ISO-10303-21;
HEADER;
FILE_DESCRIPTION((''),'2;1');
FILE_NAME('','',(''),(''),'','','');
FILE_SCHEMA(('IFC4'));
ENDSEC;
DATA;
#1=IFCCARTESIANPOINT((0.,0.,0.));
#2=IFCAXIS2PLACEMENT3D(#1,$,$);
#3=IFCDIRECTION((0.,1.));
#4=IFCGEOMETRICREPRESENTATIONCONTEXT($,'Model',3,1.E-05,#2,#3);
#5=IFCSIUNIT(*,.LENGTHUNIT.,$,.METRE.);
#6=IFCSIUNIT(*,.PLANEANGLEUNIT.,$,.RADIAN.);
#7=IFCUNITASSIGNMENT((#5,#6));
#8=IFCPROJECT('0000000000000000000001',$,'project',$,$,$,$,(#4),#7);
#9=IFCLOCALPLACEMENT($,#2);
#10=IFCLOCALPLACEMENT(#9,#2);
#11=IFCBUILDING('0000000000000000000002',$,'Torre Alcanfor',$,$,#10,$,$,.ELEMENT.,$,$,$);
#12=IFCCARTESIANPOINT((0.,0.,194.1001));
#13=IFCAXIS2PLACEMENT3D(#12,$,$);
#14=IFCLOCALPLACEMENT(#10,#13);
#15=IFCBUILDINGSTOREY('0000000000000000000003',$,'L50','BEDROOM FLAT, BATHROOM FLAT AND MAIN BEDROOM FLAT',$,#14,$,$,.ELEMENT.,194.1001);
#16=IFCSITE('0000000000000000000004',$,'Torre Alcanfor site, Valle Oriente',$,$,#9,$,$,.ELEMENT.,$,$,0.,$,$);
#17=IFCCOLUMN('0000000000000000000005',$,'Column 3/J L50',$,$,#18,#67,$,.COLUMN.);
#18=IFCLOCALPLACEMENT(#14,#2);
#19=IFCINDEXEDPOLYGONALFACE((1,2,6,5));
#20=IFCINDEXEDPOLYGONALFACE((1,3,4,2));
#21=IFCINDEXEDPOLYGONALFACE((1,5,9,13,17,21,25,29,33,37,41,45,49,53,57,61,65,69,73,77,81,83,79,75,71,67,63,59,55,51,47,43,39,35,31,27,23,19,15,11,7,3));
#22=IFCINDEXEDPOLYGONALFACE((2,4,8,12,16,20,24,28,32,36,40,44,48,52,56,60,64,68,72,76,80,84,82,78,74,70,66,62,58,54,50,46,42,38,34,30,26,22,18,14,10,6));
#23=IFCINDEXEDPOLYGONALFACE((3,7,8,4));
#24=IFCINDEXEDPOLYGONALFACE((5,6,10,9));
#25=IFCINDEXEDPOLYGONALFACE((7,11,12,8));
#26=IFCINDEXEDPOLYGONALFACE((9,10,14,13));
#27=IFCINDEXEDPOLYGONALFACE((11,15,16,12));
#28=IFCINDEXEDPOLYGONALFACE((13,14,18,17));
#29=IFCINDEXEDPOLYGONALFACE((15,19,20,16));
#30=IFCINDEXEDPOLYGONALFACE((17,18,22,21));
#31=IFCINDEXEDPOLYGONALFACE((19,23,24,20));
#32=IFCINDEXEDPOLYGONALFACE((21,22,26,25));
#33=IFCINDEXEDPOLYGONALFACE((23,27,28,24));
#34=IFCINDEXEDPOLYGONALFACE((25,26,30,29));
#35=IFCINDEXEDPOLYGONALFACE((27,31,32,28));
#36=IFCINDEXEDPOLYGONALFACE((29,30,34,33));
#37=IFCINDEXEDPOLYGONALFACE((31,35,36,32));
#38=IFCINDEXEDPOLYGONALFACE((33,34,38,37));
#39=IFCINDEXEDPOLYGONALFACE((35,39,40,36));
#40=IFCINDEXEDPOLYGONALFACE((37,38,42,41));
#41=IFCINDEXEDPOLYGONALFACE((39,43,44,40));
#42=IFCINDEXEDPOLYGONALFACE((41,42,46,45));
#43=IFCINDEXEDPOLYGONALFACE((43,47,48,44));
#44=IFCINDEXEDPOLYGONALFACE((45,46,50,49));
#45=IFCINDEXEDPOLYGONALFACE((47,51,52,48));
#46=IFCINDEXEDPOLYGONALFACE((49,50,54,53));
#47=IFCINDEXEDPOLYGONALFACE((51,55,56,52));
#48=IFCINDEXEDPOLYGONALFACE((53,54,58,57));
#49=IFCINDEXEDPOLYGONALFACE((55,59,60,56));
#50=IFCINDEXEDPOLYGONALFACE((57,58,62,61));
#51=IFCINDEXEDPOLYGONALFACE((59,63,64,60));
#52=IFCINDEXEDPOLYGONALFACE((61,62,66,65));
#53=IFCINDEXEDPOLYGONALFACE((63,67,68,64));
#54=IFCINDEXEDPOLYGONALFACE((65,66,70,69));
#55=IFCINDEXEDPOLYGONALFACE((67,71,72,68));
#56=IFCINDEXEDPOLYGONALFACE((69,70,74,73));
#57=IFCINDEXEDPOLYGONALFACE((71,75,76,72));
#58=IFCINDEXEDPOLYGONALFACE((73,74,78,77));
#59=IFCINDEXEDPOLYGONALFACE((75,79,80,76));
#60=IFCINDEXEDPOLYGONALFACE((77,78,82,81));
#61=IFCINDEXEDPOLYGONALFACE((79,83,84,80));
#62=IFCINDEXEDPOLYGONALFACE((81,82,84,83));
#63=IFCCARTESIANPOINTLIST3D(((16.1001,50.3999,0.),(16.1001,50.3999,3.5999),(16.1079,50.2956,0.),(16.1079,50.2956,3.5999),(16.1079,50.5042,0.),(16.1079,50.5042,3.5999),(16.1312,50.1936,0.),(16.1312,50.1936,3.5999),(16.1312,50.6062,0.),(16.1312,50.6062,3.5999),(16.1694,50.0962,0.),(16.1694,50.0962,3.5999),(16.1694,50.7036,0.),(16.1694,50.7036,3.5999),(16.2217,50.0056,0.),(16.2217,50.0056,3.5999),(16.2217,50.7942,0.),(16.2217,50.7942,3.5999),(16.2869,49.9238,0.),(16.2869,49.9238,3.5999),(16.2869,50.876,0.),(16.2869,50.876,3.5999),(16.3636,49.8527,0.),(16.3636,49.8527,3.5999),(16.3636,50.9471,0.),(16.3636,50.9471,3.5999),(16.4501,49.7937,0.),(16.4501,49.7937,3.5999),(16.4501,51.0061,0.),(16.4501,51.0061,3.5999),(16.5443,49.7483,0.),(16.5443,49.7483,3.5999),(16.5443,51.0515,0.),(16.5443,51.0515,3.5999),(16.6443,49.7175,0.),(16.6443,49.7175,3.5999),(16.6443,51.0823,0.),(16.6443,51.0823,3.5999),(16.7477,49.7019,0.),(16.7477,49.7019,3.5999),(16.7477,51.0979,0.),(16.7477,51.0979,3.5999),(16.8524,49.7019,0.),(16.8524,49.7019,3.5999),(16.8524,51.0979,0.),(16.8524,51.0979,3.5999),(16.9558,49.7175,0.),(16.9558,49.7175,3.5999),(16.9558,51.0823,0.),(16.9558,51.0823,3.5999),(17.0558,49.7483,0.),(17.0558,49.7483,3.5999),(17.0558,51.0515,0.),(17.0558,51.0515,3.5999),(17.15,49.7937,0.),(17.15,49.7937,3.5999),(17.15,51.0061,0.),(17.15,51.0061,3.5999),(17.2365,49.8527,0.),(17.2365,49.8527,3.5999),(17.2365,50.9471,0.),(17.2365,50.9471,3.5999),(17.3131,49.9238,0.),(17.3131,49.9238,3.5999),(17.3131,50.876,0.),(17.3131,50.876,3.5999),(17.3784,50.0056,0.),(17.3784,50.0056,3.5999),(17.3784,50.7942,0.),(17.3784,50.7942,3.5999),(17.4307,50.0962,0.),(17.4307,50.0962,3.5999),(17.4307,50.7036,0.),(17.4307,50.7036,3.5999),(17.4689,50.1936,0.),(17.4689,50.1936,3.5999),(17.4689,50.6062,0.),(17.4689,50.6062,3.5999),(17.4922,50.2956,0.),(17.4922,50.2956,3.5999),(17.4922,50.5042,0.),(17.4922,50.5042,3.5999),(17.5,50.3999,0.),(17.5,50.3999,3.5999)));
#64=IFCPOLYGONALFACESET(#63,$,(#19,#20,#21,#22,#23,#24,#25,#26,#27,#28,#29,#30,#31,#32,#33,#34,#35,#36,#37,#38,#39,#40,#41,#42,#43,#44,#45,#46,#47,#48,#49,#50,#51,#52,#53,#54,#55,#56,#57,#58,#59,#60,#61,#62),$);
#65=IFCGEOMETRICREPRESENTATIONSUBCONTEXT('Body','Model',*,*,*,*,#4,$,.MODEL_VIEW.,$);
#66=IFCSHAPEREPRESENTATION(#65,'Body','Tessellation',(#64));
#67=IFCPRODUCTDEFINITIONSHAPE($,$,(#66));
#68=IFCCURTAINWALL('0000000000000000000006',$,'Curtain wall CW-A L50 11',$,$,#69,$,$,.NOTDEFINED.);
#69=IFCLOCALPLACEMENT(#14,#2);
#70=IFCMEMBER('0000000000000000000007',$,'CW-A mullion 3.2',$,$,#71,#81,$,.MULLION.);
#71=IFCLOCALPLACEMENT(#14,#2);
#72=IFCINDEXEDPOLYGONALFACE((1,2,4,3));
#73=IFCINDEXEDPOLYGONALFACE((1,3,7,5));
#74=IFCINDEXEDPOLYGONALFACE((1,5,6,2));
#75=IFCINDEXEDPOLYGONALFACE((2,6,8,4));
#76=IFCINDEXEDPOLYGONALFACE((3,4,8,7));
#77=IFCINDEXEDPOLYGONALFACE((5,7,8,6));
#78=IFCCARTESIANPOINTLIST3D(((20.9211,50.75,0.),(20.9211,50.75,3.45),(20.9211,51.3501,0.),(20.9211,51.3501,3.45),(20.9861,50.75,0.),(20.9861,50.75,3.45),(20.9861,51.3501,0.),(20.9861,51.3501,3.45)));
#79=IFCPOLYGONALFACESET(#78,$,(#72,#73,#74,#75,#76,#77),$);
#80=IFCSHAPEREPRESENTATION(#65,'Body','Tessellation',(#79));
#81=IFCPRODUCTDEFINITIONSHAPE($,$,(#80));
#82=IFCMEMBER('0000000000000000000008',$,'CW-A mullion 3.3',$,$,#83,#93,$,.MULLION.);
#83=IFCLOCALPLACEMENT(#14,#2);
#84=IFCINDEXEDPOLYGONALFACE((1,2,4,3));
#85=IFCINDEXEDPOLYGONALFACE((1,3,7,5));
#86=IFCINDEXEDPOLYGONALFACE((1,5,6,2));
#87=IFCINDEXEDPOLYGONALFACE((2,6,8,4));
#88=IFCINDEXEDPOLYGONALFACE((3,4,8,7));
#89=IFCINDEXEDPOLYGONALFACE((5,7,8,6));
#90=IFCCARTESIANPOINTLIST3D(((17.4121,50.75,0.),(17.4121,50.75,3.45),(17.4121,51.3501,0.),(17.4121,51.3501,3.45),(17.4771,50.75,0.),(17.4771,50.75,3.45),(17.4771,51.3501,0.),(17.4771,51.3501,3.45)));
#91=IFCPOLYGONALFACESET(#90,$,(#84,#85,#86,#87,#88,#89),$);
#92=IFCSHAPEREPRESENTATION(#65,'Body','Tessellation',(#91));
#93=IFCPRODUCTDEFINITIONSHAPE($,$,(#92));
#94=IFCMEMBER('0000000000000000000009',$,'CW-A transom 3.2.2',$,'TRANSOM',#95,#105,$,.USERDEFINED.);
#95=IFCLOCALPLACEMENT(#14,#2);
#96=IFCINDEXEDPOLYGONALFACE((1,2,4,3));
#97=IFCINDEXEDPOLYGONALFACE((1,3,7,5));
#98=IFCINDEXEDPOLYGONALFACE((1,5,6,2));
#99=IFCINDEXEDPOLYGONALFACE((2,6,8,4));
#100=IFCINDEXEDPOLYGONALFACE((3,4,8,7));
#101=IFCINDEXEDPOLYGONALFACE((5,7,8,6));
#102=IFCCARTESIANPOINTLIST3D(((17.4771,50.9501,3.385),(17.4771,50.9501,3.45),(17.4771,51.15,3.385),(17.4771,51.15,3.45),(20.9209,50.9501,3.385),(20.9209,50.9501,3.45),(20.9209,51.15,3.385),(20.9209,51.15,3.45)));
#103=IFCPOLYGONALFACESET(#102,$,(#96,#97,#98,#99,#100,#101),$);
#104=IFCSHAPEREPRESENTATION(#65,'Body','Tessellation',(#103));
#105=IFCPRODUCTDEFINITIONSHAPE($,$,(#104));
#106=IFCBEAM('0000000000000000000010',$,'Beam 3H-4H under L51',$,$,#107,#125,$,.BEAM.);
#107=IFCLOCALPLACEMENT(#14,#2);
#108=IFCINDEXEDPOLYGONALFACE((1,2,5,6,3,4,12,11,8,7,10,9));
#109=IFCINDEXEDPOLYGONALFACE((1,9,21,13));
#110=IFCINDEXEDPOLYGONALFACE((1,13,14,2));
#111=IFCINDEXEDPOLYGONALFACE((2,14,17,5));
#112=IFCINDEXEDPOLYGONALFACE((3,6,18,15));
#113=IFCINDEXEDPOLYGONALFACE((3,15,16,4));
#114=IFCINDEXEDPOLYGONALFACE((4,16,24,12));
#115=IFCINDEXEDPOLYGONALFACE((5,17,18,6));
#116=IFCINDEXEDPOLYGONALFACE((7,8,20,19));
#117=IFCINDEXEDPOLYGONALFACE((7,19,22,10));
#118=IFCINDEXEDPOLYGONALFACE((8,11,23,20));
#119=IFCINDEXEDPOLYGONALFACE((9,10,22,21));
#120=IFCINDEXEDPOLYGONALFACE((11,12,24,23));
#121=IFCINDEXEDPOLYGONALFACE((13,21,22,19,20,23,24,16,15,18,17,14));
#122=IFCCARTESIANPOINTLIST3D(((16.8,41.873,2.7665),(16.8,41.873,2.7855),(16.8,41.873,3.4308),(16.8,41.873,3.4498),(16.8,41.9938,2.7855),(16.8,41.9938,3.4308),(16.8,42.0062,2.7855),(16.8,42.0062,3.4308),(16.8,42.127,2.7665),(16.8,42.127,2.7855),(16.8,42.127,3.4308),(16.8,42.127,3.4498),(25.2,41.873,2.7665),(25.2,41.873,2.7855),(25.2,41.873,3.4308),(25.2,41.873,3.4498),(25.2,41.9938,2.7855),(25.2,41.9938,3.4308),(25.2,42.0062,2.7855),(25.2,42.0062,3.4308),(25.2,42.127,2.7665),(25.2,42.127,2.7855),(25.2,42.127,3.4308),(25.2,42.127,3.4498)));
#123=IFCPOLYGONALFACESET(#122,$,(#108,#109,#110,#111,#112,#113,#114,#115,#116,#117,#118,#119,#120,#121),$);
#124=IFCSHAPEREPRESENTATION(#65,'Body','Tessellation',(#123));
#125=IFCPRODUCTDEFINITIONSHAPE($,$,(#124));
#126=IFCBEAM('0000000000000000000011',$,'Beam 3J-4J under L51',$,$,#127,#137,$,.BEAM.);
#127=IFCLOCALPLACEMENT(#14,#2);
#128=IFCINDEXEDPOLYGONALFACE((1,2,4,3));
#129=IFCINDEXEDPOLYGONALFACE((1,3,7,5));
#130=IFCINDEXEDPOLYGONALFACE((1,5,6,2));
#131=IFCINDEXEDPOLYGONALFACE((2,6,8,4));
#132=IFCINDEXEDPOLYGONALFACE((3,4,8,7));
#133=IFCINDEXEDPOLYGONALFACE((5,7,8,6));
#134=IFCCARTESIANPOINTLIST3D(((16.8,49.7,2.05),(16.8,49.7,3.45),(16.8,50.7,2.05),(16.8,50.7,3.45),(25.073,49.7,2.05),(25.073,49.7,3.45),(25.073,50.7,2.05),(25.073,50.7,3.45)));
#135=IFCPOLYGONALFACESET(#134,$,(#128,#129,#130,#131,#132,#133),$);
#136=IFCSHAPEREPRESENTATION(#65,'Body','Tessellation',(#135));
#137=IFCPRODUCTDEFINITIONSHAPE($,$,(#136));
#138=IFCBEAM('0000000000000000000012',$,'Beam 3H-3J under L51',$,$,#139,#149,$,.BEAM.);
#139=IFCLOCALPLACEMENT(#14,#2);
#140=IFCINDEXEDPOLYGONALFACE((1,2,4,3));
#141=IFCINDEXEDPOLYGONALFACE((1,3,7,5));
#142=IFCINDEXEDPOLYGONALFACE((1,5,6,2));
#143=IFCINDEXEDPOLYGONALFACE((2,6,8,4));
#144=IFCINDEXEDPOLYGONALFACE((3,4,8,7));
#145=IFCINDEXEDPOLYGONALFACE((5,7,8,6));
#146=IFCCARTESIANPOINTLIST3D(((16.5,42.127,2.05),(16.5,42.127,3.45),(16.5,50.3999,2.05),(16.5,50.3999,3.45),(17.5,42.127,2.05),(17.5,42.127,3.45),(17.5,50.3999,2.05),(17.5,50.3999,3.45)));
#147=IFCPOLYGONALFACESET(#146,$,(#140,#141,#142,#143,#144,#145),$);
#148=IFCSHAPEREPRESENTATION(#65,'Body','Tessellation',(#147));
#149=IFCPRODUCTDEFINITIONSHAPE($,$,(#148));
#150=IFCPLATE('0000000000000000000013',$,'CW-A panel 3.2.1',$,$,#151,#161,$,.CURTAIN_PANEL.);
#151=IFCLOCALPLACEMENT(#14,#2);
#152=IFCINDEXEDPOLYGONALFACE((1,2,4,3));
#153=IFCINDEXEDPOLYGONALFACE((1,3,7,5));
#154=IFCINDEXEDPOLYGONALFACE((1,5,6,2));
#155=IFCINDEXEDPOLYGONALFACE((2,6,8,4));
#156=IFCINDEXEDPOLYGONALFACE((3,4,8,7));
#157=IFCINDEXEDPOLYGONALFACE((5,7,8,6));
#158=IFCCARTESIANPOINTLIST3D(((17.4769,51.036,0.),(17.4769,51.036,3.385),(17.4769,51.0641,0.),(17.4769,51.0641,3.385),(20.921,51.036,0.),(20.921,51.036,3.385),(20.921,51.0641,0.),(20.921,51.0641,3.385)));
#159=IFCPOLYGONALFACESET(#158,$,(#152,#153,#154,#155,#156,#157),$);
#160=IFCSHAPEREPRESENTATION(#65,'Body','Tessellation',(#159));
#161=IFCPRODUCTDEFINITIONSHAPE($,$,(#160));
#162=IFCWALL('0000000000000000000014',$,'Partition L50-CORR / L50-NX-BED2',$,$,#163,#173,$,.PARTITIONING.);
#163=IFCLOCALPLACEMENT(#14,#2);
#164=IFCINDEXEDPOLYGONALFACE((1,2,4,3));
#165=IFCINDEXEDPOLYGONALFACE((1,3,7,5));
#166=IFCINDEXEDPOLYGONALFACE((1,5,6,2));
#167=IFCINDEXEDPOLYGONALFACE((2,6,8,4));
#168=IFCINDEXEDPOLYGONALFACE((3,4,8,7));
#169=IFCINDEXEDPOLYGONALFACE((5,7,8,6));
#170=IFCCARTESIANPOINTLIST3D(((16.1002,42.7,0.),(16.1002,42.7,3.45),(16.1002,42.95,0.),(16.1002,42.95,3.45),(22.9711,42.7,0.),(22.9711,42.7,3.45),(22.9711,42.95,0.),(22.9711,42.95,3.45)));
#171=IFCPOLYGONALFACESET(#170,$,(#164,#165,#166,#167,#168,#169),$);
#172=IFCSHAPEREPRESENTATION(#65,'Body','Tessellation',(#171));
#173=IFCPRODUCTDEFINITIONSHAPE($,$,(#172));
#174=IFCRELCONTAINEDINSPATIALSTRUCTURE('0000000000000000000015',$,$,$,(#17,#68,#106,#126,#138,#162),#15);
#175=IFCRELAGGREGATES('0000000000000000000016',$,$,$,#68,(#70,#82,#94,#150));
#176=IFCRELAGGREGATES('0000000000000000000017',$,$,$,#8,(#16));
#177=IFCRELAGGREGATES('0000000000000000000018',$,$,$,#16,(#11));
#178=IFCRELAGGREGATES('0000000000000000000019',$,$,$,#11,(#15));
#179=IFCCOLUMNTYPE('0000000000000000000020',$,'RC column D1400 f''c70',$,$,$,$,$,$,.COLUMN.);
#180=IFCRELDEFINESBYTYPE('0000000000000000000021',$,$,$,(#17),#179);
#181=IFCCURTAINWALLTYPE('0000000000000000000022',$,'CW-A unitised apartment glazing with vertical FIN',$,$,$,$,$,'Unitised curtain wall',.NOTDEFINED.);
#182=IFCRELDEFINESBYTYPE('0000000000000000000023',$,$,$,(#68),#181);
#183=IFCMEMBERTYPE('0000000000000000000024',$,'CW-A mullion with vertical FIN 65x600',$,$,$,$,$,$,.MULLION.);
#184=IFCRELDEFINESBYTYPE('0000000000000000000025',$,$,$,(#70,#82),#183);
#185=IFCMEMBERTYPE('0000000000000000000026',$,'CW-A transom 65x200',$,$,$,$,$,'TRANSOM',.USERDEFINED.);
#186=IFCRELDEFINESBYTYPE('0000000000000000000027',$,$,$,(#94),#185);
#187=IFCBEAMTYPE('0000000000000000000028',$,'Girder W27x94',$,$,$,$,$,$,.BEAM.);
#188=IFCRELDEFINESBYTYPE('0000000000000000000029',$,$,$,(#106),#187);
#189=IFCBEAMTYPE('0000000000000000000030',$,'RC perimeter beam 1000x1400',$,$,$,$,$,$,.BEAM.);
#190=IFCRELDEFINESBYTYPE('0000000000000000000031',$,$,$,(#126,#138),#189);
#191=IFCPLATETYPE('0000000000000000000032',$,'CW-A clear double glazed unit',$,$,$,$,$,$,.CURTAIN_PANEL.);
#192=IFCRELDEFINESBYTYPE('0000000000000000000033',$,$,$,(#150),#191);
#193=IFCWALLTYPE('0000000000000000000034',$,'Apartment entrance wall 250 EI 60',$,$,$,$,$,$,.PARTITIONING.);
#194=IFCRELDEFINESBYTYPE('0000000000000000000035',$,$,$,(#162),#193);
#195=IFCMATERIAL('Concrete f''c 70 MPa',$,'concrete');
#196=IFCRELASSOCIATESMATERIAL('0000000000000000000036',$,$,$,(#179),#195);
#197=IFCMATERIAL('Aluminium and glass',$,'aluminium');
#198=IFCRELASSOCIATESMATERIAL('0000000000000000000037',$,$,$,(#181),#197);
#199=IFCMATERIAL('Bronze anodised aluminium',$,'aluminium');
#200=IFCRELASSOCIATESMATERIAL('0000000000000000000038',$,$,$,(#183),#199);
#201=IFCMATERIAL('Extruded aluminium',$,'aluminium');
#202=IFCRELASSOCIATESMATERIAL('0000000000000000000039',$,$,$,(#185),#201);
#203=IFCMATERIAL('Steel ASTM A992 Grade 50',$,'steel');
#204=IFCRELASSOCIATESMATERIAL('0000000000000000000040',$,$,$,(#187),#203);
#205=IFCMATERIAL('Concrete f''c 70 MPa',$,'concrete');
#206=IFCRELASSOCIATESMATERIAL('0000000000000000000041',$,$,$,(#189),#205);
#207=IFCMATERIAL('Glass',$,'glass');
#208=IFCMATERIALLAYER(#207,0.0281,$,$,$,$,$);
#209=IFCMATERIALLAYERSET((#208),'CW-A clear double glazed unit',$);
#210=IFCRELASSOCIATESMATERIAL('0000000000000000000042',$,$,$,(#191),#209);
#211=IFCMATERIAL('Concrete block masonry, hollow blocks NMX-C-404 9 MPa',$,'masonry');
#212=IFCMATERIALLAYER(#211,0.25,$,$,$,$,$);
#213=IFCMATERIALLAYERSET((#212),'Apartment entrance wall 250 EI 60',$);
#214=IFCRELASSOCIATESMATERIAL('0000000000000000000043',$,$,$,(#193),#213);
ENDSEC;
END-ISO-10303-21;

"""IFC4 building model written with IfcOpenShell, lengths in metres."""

from ifc_helpers import new_model, si_unit, direction, frame, frame_2d, origin, origin_2d, place, context, subcontext, project, spatial, rectangle, circle, i_section, extrude, material, layer, layer_set, material_profile, profile_set, type_object, element, aggregate, save


model = new_model("IFC4")

# Units and contexts
model_context = context("Model", 3, precision=1e-05, world=origin(), true_north=direction((0.0, 1.0)))
body_context = subcontext(model_context, "Body", "Model", "MODEL_VIEW")
ifc_project = project(units=[si_unit("LENGTHUNIT", "METRE"), si_unit("PLANEANGLEUNIT", "RADIAN")], contexts=[model_context])

# Site, building, storey
site_placement = place(None, origin())
site = spatial("IfcSite", under=ifc_project, at=site_placement, Name="Torre Alcanfor site, Valle Oriente", CompositionType="ELEMENT", RefElevation=0.0)
building_placement = place(site_placement, origin())
building = spatial("IfcBuilding", under=site, at=building_placement, Name="Torre Alcanfor", CompositionType="ELEMENT")
storey_placement = place(building_placement, frame((0.0, 0.0, 194.1001)))
storey = spatial("IfcBuildingStorey", under=building, at=storey_placement, Name="L50", Description="BEDROOM FLAT, BATHROOM FLAT AND MAIN BEDROOM FLAT", CompositionType="ELEMENT", Elevation=194.1001)

# Column
ifc_material_1 = material(Name="Concrete f'c 70 MPa", Category="concrete")
ifc_material_profile_1 = material_profile(ifc_material_1, circle(Radius=0.7, at=origin_2d()), Name="D1400")
ifc_profile_set_1 = profile_set([ifc_material_profile_1], Name="Concrete f'c 70 MPa")
column_type = type_object("IfcColumnType", Name="RC column D1400 f'c70", PredefinedType="COLUMN", material=ifc_profile_set_1)
column_placement = place(storey_placement, frame((16.8, 50.3999, 0.0), z_axis=(0.0, 0.0, 1.0), x_axis=(1.0, 0.0, 0.0)))
element("IfcColumn", 1, at=column_placement, inside=storey, type_object=column_type, Name="Column 3/J L50", PredefinedType="COLUMN", context=body_context, shape_type="SweptSolid", body=[
    extrude(circle(Radius=0.7, at=origin_2d()), origin(), (0.0, 0.0, 1.0), 3.5999),
])

# Curtain wall, members
ifc_material_2 = material(Name="Aluminium and glass", Category="aluminium")
curtain_wall_type = type_object("IfcCurtainWallType", Name="CW-A unitised apartment glazing with vertical FIN", ElementType="Unitised curtain wall", PredefinedType="NOTDEFINED", material=ifc_material_2)
curtain_wall_placement = place(storey_placement, origin())
curtain_wall = element("IfcCurtainWall", 2, at=curtain_wall_placement, inside=storey, type_object=curtain_wall_type, Name="Curtain wall CW-A L50 11", PredefinedType="NOTDEFINED")
ifc_material_3 = material(Name="Bronze anodised aluminium", Category="aluminium")
ifc_material_profile_2 = material_profile(ifc_material_3, rectangle(XDim=0.6001, YDim=0.0649, at=origin_2d()), Name="CW-A mullion 65x600")
ifc_profile_set_2 = profile_set([ifc_material_profile_2], Name="Bronze anodised aluminium")
member_type_1 = type_object("IfcMemberType", Name="CW-A mullion with vertical FIN 65x600", PredefinedType="MULLION", material=ifc_profile_set_2)
member_1_placement = place(storey_placement, frame((20.9536, 51.05, 0.0), z_axis=(0.0, 0.0, 1.0), x_axis=(0.0, -1.0, 0.0)))
member_1 = element("IfcMember", 3, at=member_1_placement, type_object=member_type_1, Name="CW-A mullion 3.2", PredefinedType="MULLION", context=body_context, shape_type="SweptSolid", body=[
    extrude(rectangle(XDim=0.6001, YDim=0.0649, at=origin_2d()), origin(), (0.0, 0.0, 1.0), 3.45),
])
member_2_placement = place(storey_placement, frame((17.4446, 51.05, 0.0), z_axis=(0.0, 0.0, 1.0), x_axis=(0.0, -1.0, 0.0)))
member_2 = element("IfcMember", 4, at=member_2_placement, type_object=member_type_1, Name="CW-A mullion 3.3", PredefinedType="MULLION", context=body_context, shape_type="SweptSolid", body=[
    extrude(rectangle(XDim=0.6001, YDim=0.0649, at=origin_2d()), origin(), (0.0, 0.0, 1.0), 3.45),
])
ifc_material_4 = material(Name="Extruded aluminium", Category="aluminium")
ifc_material_profile_3 = material_profile(ifc_material_4, rectangle(XDim=0.2, YDim=0.0649, at=origin_2d()), Name="CW-A transom 200x65")
ifc_profile_set_3 = profile_set([ifc_material_profile_3], Name="Extruded aluminium")
member_type_2 = type_object("IfcMemberType", Name="CW-A transom 65x200", ElementType="TRANSOM", PredefinedType="USERDEFINED", material=ifc_profile_set_3)
member_3_placement = place(storey_placement, frame((20.9209, 51.05, 3.4175), z_axis=(-1.0, 0.0, 0.0), x_axis=(0.0, -1.0, 0.0)))
member_3 = element("IfcMember", 5, at=member_3_placement, type_object=member_type_2, Name="CW-A transom 3.2.2", ObjectType="TRANSOM", PredefinedType="USERDEFINED", context=body_context, shape_type="SweptSolid", body=[
    extrude(rectangle(XDim=0.2, YDim=0.0649, at=origin_2d()), origin(), (0.0, 0.0, 1.0), 3.4438),
])

# Beams
ifc_material_5 = material(Name="Steel ASTM A992 Grade 50", Category="steel")
ifc_material_profile_4 = material_profile(ifc_material_5, i_section(OverallWidth=0.2539, OverallDepth=0.6833, WebThickness=0.0125, FlangeThickness=0.019, at=origin_2d()), Name="W27x94")
ifc_profile_set_4 = profile_set([ifc_material_profile_4], Name="Steel ASTM A992 Grade 50")
beam_type_1 = type_object("IfcBeamType", Name="Girder W27x94", PredefinedType="BEAM", material=ifc_profile_set_4)
beam_placement = place(storey_placement, frame((16.8, 42.0, 3.1082), z_axis=(1.0, 0.0, 0.0), x_axis=(0.0, 1.0, 0.0)))
element("IfcBeam", 6, at=beam_placement, inside=storey, type_object=beam_type_1, Name="Beam 3H-4H under L51", PredefinedType="BEAM", context=body_context, shape_type="SweptSolid", body=[
    extrude(i_section(OverallWidth=0.2539, OverallDepth=0.6833, WebThickness=0.0125, FlangeThickness=0.019, at=origin_2d()), origin(), (0.0, 0.0, 1.0), 8.3999),
])
ifc_material_6 = material(Name="Concrete f'c 70 MPa", Category="concrete")
ifc_material_profile_5 = material_profile(ifc_material_6, rectangle(XDim=1.0, YDim=1.3999, at=origin_2d()), Name="1000x1400")
ifc_profile_set_5 = profile_set([ifc_material_profile_5], Name="Concrete f'c 70 MPa")
beam_type_2 = type_object("IfcBeamType", Name="RC perimeter beam 1000x1400", PredefinedType="BEAM", material=ifc_profile_set_5)
for number, where, z_axis, x_axis, name in (
    (7, (16.8, 50.2, 2.75), (1.0, 0.0, 0.0), (0.0, 1.0, 0.0), "Beam 3J-4J under L51"),
    (8, (17.0, 42.127, 2.75), (0.0, 1.0, 0.0), (-1.0, 0.0, 0.0), "Beam 3H-3J under L51"),
):
    element("IfcBeam", number, at=place(storey_placement, frame(where, z_axis=z_axis, x_axis=x_axis)), inside=storey, type_object=beam_type_2, Name=name, PredefinedType="BEAM", context=body_context, shape_type="SweptSolid", body=[
        extrude(rectangle(XDim=1.0, YDim=1.3999, at=origin_2d()), origin(), (0.0, 0.0, 1.0), 8.2729),
    ])

# Plate
ifc_material_7 = material(Name="Glass", Category="glass")
ifc_layer_1 = layer(ifc_material_7, 0.0281)
ifc_layer_set_1 = layer_set([ifc_layer_1], Name="CW-A clear double glazed unit")
plate_type = type_object("IfcPlateType", Name="CW-A clear double glazed unit", PredefinedType="CURTAIN_PANEL", material=ifc_layer_set_1)
plate_placement = place(storey_placement, frame((19.199, 51.05, 0.0), z_axis=(0.0, 0.0, 1.0), x_axis=(-1.0, 0.0, 0.0)))
plate = element("IfcPlate", 9, at=plate_placement, type_object=plate_type, Name="CW-A panel 3.2.1", PredefinedType="CURTAIN_PANEL", context=body_context, shape_type="SweptSolid", body=[
    extrude(rectangle(XDim=3.4441, YDim=0.0281, at=origin_2d()), origin(), (0.0, 0.0, 1.0), 3.385),
])
aggregate(curtain_wall, [member_1, member_2, member_3, plate])

# Wall
ifc_material_8 = material(Name="Concrete block masonry, hollow blocks NMX-C-404 9 MPa", Category="masonry")
ifc_layer_2 = layer(ifc_material_8, 0.25)
ifc_layer_set_2 = layer_set([ifc_layer_2], Name="Apartment entrance wall 250 EI 60")
wall_type_1 = type_object("IfcWallType", Name="Apartment entrance wall 250 EI 60", PredefinedType="PARTITIONING", material=ifc_layer_set_2)
wall_1_placement = place(storey_placement, frame((16.1001, 42.825, 0.0), z_axis=(0.0, 0.0, 1.0), x_axis=(1.0, 0.0, 0.0)))
element("IfcWall", 10, at=wall_1_placement, inside=storey, type_object=wall_type_1, Name="Partition L50-CORR / L50-NX-BED2", PredefinedType="PARTITIONING", context=body_context, shape_type="SweptSolid", body=[
    extrude(rectangle(XDim=6.8708, YDim=0.25, at=frame_2d((3.4355, 0.0))), origin(), (0.0, 0.0, 1.0), 3.45),
])

save(model, "model.ifc")
